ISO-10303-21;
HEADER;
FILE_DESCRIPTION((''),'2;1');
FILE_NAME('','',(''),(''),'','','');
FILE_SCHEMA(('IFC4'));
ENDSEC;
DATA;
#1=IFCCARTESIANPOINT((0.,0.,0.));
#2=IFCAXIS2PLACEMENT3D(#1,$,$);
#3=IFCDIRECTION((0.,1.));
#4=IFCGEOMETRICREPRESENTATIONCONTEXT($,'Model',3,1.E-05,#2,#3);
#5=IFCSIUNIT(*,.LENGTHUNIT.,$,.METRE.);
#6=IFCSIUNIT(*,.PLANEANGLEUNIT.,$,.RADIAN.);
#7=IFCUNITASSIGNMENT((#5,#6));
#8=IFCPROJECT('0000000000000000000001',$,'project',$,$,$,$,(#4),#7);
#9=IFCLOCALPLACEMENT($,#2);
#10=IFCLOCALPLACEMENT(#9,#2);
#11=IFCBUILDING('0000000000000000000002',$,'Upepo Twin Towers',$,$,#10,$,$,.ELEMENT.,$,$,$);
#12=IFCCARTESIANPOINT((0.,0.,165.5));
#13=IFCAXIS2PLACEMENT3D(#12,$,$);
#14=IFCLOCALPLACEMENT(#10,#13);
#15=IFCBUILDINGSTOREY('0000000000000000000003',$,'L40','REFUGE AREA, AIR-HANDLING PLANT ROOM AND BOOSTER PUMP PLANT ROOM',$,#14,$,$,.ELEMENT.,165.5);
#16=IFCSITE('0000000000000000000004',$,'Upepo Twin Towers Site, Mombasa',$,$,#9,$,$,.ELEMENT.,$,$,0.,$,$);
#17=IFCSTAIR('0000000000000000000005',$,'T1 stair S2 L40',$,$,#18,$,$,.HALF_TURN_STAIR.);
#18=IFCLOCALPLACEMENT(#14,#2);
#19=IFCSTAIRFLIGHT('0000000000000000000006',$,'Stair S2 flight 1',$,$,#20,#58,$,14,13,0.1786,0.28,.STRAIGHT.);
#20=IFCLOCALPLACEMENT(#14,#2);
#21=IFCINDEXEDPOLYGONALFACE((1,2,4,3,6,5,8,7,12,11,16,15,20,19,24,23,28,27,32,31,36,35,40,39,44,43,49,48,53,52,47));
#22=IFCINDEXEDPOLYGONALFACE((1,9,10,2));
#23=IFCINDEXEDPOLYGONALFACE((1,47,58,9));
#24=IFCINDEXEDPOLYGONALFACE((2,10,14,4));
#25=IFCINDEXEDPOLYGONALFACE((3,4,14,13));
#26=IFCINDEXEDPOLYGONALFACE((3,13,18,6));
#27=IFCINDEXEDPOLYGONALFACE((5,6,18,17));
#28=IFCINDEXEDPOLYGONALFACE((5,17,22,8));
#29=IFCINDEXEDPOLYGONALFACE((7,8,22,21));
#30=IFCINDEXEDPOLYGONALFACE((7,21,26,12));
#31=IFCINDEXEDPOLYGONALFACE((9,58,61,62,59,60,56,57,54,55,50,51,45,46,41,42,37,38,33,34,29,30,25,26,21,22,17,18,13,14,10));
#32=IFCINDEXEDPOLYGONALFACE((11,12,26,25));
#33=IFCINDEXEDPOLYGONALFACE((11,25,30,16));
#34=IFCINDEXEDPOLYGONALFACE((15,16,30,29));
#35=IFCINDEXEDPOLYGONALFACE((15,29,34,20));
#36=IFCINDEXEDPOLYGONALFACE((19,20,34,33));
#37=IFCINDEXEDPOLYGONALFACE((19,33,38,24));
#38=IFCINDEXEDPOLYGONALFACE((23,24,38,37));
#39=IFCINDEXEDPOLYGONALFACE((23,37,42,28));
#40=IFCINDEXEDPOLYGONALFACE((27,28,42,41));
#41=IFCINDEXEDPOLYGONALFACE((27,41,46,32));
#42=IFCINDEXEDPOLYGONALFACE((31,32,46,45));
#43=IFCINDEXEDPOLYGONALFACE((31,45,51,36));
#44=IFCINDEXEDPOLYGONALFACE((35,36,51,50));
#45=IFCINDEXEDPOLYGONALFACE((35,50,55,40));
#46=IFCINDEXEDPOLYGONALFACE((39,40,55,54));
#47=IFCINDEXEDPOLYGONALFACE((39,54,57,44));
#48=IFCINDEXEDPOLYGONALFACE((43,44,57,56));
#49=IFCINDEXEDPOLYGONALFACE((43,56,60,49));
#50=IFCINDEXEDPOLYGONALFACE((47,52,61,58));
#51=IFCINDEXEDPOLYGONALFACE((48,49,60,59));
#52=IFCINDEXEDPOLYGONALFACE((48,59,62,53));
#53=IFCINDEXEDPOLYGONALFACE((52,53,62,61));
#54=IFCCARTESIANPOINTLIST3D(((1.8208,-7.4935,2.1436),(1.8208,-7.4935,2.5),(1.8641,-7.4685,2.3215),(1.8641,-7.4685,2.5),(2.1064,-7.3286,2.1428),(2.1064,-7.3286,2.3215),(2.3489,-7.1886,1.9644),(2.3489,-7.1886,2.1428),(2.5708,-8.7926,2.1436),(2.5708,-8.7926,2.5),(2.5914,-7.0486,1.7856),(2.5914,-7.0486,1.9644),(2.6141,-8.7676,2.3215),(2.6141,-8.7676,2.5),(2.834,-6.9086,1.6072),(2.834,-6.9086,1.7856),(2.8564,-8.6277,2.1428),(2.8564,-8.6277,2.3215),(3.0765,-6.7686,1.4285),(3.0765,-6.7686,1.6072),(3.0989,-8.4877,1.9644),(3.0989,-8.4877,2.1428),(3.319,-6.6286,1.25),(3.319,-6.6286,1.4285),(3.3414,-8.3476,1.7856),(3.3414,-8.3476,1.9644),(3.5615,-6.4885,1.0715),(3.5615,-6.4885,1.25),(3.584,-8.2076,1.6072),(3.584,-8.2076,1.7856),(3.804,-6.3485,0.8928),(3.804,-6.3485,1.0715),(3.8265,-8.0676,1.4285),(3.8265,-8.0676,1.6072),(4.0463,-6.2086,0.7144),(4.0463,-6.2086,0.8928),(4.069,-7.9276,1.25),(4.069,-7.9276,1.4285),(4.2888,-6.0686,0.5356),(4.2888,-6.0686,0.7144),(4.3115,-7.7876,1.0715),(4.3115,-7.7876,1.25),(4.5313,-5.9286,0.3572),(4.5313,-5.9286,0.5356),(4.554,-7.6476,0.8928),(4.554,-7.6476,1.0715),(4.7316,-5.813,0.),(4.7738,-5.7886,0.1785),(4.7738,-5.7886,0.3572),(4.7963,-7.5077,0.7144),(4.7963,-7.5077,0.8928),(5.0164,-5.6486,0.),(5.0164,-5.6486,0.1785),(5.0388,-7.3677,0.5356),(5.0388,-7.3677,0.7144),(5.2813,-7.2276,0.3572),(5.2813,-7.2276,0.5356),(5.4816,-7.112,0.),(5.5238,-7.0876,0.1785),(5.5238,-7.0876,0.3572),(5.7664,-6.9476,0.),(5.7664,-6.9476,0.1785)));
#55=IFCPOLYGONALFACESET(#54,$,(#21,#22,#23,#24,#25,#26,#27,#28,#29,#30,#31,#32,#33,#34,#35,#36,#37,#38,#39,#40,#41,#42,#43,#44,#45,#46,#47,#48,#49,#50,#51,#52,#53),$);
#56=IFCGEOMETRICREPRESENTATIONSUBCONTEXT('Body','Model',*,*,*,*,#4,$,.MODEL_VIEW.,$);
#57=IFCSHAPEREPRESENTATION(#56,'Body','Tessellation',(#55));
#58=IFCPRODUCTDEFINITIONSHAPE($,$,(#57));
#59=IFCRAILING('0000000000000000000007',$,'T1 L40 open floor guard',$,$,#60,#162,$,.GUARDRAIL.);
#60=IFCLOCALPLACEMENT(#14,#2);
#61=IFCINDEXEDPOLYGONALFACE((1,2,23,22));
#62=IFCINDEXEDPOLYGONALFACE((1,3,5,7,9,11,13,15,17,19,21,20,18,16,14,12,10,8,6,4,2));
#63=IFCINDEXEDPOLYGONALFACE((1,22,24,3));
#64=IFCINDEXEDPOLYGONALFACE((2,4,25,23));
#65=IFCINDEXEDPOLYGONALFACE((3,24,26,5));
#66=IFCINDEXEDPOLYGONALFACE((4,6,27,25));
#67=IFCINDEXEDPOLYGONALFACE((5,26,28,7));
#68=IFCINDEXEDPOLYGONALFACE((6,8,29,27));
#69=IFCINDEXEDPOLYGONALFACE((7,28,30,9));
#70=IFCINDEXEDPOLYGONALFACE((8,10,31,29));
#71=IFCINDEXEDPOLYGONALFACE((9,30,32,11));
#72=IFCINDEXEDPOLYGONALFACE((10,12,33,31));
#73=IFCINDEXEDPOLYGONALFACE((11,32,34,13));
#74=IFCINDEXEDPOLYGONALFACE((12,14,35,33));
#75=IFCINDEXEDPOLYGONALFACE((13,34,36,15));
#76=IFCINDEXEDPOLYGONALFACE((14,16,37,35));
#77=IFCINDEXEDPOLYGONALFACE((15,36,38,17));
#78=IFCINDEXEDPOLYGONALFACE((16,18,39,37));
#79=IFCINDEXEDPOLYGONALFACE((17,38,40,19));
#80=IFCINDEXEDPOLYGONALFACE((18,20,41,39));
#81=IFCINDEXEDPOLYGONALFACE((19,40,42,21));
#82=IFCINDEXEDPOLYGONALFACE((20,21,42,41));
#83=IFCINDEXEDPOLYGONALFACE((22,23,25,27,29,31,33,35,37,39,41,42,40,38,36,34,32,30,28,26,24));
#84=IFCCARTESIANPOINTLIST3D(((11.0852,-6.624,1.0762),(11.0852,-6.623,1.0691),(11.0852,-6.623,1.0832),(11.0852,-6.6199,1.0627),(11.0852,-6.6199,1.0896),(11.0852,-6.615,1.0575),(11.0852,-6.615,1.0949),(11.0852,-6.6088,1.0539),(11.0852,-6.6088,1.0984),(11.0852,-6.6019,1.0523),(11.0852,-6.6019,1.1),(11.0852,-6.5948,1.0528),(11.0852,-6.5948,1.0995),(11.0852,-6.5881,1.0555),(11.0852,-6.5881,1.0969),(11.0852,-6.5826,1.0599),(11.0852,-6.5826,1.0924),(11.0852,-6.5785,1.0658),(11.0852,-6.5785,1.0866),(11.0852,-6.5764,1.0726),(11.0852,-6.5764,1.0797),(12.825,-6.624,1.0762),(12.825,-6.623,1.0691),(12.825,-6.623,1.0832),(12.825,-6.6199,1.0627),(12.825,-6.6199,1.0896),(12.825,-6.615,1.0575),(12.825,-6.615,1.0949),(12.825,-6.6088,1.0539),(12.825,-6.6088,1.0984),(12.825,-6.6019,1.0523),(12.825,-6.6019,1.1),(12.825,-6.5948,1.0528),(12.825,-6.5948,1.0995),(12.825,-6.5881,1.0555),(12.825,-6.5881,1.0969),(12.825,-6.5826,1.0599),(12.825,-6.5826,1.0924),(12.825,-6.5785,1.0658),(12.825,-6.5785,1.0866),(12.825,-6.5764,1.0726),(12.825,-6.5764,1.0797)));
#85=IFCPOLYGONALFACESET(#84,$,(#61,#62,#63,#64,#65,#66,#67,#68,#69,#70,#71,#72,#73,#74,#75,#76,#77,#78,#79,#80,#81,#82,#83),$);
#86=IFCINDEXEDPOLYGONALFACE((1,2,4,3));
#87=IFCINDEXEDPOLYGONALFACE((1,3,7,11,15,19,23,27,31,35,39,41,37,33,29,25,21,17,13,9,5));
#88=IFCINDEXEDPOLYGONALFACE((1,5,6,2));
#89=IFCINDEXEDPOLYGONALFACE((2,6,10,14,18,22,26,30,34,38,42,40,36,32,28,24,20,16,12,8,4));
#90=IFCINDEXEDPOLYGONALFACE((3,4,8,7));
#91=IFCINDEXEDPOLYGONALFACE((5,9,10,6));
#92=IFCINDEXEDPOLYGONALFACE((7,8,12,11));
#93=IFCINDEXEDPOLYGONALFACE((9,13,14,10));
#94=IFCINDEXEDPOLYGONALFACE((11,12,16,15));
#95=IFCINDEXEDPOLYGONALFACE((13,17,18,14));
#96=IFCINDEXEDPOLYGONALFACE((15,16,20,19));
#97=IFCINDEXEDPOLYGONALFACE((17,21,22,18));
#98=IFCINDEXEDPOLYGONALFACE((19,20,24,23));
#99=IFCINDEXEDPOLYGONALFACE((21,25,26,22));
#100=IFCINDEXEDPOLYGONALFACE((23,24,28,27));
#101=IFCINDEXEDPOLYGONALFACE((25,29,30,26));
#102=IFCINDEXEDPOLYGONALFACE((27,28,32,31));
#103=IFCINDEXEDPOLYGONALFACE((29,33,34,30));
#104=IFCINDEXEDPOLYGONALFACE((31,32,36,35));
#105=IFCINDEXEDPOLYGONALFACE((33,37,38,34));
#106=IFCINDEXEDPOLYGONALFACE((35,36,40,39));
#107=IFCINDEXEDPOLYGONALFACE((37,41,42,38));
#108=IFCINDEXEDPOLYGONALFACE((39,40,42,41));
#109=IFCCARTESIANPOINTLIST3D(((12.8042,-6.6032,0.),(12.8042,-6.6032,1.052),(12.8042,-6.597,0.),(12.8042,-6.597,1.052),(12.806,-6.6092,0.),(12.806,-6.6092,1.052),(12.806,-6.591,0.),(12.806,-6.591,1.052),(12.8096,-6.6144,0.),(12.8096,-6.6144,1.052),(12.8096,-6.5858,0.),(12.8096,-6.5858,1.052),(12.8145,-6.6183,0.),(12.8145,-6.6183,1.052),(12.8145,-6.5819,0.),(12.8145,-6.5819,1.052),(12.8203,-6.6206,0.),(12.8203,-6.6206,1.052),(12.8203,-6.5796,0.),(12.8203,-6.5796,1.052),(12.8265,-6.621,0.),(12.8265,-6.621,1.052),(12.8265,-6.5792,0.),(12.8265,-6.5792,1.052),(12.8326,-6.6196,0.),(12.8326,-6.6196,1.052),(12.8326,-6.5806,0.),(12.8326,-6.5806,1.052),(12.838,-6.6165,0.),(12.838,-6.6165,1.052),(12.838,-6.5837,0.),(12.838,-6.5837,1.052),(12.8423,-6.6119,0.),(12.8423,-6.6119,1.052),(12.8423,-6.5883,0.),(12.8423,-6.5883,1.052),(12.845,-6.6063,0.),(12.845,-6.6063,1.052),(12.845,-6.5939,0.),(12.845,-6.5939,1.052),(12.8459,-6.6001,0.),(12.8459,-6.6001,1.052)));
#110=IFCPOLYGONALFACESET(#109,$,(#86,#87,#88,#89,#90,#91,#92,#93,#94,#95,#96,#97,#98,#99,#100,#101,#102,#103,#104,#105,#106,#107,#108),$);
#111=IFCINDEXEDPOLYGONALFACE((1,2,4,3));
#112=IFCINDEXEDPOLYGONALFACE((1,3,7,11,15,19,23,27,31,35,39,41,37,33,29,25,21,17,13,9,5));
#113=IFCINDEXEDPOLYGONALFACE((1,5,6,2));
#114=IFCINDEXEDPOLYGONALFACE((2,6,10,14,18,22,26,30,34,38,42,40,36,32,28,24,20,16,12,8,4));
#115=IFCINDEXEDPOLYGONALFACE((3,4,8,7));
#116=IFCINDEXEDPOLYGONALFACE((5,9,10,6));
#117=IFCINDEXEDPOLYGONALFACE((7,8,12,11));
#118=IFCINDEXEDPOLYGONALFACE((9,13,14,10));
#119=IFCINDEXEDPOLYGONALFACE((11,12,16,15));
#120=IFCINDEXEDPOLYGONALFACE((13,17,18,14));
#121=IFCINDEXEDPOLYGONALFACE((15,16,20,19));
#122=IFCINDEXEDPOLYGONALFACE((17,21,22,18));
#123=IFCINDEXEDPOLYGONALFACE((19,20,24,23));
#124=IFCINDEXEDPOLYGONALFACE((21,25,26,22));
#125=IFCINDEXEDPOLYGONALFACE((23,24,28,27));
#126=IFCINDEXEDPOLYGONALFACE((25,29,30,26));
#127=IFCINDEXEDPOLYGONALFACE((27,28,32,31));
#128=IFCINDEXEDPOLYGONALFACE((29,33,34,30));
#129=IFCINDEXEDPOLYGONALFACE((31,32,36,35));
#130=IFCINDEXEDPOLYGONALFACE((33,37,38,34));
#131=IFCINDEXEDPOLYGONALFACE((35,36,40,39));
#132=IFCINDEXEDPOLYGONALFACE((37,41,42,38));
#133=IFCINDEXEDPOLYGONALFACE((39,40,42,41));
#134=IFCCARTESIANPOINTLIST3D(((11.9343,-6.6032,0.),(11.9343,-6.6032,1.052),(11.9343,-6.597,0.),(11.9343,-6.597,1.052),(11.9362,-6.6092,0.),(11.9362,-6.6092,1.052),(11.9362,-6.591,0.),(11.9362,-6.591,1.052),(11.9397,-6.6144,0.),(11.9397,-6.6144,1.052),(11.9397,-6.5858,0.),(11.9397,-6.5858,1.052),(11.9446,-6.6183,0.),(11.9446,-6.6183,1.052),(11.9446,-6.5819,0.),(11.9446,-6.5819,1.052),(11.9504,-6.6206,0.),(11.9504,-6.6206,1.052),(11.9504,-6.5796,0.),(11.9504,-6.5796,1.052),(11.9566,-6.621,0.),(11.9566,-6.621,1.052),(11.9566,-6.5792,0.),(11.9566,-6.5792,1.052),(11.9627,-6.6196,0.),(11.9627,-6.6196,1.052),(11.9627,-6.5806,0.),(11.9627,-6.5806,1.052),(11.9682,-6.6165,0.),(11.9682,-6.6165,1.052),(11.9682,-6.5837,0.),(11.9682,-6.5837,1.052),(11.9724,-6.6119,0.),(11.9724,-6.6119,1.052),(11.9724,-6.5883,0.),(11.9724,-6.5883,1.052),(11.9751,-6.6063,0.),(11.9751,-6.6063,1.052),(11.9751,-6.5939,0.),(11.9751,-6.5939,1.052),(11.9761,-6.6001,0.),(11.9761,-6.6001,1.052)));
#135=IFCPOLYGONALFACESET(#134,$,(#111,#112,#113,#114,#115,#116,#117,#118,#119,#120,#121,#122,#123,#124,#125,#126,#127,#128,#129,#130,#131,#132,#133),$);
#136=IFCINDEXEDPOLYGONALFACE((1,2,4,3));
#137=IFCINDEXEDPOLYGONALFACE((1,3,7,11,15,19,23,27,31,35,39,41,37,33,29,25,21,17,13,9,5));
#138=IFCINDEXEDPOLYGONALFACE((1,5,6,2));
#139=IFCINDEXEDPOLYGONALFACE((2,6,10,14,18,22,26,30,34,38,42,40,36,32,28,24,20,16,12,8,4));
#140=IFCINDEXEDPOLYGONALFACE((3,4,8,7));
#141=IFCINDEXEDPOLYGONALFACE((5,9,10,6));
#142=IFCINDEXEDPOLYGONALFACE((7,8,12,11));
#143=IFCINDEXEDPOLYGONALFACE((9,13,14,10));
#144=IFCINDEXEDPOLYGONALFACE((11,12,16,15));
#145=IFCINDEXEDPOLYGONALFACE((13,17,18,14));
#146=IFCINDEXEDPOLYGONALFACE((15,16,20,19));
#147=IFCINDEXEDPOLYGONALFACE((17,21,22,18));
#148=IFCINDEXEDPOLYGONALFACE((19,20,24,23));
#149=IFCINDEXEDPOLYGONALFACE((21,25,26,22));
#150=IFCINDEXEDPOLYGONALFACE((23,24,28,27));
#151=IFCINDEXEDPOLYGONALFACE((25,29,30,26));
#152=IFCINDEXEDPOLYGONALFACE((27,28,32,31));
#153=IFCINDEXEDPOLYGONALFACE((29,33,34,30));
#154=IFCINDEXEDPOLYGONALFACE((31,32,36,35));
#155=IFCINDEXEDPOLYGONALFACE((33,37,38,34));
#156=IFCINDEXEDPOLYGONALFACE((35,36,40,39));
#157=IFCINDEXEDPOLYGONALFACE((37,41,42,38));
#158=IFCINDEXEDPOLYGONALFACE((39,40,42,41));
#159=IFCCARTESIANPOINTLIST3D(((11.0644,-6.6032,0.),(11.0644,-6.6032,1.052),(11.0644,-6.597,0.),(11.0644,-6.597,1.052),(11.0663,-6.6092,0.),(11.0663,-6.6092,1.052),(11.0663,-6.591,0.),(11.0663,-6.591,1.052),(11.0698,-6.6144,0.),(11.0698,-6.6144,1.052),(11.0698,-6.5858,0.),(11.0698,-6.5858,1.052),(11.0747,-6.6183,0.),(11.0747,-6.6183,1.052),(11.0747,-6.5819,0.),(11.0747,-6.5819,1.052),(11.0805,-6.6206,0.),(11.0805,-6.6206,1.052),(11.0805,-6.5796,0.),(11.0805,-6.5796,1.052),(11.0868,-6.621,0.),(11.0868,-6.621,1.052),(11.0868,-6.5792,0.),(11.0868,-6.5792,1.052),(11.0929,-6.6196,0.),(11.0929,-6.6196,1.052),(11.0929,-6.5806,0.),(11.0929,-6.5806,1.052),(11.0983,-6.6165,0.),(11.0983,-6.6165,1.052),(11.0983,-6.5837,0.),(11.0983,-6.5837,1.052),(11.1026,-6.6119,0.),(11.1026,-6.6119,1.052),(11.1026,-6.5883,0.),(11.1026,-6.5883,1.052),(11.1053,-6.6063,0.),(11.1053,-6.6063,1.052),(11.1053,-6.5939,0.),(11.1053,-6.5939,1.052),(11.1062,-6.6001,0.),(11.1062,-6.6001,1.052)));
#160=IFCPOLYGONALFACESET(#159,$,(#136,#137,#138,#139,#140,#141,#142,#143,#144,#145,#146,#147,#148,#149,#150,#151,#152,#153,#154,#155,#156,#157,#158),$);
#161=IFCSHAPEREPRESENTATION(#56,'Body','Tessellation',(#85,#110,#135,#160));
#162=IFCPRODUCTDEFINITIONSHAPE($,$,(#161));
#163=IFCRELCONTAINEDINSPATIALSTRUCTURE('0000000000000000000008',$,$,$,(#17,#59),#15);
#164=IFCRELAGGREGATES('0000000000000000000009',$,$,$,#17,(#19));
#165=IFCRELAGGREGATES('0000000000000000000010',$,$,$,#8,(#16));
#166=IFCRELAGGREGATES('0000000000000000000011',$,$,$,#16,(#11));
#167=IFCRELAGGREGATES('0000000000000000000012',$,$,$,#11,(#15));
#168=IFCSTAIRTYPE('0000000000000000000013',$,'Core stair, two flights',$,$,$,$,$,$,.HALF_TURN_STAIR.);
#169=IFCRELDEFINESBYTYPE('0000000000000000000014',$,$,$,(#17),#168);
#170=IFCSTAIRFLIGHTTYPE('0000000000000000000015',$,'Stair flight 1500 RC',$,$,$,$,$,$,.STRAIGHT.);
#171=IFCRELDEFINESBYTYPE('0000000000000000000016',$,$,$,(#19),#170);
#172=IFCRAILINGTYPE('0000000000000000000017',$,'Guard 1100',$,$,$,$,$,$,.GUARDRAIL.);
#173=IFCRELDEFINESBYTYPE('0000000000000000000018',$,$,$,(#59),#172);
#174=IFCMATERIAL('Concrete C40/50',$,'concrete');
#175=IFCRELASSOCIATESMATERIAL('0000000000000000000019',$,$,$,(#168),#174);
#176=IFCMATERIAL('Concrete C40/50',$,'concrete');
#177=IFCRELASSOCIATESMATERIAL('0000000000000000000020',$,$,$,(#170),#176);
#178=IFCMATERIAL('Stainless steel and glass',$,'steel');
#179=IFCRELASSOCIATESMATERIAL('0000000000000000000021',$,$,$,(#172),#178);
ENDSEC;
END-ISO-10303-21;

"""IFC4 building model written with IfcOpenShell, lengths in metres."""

from ifc_helpers import new_model, si_unit, direction, frame, origin, origin_2d, place, context, subcontext, project, spatial, polyline, circle, outline, extrude, material, type_object, element, aggregate, save


model = new_model("IFC4")

# Units and contexts
model_context = context("Model", 3, precision=1e-05, world=origin(), true_north=direction((0.0, 1.0)))
body_context = subcontext(model_context, "Body", "Model", "MODEL_VIEW")
ifc_project = project(units=[si_unit("LENGTHUNIT", "METRE"), si_unit("PLANEANGLEUNIT", "RADIAN")], contexts=[model_context])

# Site, building, storey
site_placement = place(None, origin())
site = spatial("IfcSite", under=ifc_project, at=site_placement, Name="Upepo Twin Towers Site, Mombasa", CompositionType="ELEMENT", RefElevation=0.0)
building_placement = place(site_placement, origin())
building = spatial("IfcBuilding", under=site, at=building_placement, Name="Upepo Twin Towers", CompositionType="ELEMENT")
storey_placement = place(building_placement, frame((0.0, 0.0, 165.5)))
storey = spatial("IfcBuildingStorey", under=building, at=storey_placement, Name="L40", Description="REFUGE AREA, AIR-HANDLING PLANT ROOM AND BOOSTER PUMP PLANT ROOM", CompositionType="ELEMENT", Elevation=165.5)

# Stair, stair flight
ifc_material_1 = material(Name="Concrete C40/50", Category="concrete")
stair_type = type_object("IfcStairType", Name="Core stair, two flights", PredefinedType="HALF_TURN_STAIR", material=ifc_material_1)
stair_placement = place(storey_placement, origin())
stair = element("IfcStair", 1, at=stair_placement, inside=storey, type_object=stair_type, Name="T1 stair S2 L40", PredefinedType="HALF_TURN_STAIR")
ifc_material_2 = material(Name="Concrete C40/50", Category="concrete")
stair_flight_type = type_object("IfcStairFlightType", Name="Stair flight 1500 RC", PredefinedType="STRAIGHT", material=ifc_material_2)
stair_flight_placement = place(storey_placement, frame((5.3914, -6.2981, 0.0), z_axis=(0.0, 0.0, 1.0), x_axis=(-0.866025, -0.5, 0.0)))
stair_flight = element("IfcStairFlight", 2, at=stair_flight_placement, type_object=stair_flight_type, Name="Stair S2 flight 1", NumberOfRisers=14, NumberOfTreads=13, PredefinedType="STRAIGHT", RiserHeight=0.1786, TreadLength=0.28, context=body_context, shape_type="SweptSolid", body=[
    extrude(outline(polyline([(0.0, 0.0), (0.0, 0.1785), (0.28, 0.1785), (0.28, 0.3572), (0.5601, 0.3572), (0.5601, 0.5356), (0.8401, 0.5356), (0.8401, 0.7144), (1.1201, 0.7144), (1.1201, 0.8928), (1.3999, 0.8928), (1.3999, 1.0715), (1.6799, 1.0715), (1.6799, 1.25), (1.96, 1.25), (1.96, 1.4285), (2.24, 1.4285), (2.24, 1.6072), (2.52, 1.6072), (2.52, 1.7856), (2.8, 1.7856), (2.8, 1.9644), (3.0801, 1.9644), (3.0801, 2.1428), (3.3601, 2.1428), (3.3601, 2.3215), (3.6399, 2.3215), (3.6399, 2.5), (3.6899, 2.5), (3.6899, 2.1436), (0.3289, 0.0), (0.0, 0.0)])), frame((0.0, 0.75, 0.0), z_axis=(0.0, -1.0, 0.0), x_axis=(1.0, 0.0, 0.0)), (0.0, 0.0, 1.0), 1.5),
])
aggregate(stair, [stair_flight])

# Railing
ifc_material_3 = material(Name="Stainless steel and glass", Category="steel")
railing_type_1 = type_object("IfcRailingType", Name="Guard 1100", PredefinedType="GUARDRAIL", material=ifc_material_3)
railing_1_placement = place(storey_placement, frame((12.825, -6.6001, 0.0)))
element("IfcRailing", 3, at=railing_1_placement, inside=storey, type_object=railing_type_1, Name="T1 L40 open floor guard", PredefinedType="GUARDRAIL", context=body_context, shape_type="SweptSolid", body=[
    extrude(circle(Radius=0.0239, at=origin_2d()), frame((0.0, 0.0, 1.0762), z_axis=(-1.0, 0.0, 0.0), x_axis=(0.0, -1.0, 0.0)), (0.0, 0.0, 1.0), 1.7397),
    extrude(circle(Radius=0.021, at=origin_2d()), origin(), (0.0, 0.0, 1.0), 1.052),
    extrude(circle(Radius=0.021, at=origin_2d()), frame((-0.8699, 0.0, 0.0)), (0.0, 0.0, 1.0), 1.052),
    extrude(circle(Radius=0.021, at=origin_2d()), frame((-1.7397, 0.0, 0.0)), (0.0, 0.0, 1.0), 1.052),
])

save(model, "model.ifc")
